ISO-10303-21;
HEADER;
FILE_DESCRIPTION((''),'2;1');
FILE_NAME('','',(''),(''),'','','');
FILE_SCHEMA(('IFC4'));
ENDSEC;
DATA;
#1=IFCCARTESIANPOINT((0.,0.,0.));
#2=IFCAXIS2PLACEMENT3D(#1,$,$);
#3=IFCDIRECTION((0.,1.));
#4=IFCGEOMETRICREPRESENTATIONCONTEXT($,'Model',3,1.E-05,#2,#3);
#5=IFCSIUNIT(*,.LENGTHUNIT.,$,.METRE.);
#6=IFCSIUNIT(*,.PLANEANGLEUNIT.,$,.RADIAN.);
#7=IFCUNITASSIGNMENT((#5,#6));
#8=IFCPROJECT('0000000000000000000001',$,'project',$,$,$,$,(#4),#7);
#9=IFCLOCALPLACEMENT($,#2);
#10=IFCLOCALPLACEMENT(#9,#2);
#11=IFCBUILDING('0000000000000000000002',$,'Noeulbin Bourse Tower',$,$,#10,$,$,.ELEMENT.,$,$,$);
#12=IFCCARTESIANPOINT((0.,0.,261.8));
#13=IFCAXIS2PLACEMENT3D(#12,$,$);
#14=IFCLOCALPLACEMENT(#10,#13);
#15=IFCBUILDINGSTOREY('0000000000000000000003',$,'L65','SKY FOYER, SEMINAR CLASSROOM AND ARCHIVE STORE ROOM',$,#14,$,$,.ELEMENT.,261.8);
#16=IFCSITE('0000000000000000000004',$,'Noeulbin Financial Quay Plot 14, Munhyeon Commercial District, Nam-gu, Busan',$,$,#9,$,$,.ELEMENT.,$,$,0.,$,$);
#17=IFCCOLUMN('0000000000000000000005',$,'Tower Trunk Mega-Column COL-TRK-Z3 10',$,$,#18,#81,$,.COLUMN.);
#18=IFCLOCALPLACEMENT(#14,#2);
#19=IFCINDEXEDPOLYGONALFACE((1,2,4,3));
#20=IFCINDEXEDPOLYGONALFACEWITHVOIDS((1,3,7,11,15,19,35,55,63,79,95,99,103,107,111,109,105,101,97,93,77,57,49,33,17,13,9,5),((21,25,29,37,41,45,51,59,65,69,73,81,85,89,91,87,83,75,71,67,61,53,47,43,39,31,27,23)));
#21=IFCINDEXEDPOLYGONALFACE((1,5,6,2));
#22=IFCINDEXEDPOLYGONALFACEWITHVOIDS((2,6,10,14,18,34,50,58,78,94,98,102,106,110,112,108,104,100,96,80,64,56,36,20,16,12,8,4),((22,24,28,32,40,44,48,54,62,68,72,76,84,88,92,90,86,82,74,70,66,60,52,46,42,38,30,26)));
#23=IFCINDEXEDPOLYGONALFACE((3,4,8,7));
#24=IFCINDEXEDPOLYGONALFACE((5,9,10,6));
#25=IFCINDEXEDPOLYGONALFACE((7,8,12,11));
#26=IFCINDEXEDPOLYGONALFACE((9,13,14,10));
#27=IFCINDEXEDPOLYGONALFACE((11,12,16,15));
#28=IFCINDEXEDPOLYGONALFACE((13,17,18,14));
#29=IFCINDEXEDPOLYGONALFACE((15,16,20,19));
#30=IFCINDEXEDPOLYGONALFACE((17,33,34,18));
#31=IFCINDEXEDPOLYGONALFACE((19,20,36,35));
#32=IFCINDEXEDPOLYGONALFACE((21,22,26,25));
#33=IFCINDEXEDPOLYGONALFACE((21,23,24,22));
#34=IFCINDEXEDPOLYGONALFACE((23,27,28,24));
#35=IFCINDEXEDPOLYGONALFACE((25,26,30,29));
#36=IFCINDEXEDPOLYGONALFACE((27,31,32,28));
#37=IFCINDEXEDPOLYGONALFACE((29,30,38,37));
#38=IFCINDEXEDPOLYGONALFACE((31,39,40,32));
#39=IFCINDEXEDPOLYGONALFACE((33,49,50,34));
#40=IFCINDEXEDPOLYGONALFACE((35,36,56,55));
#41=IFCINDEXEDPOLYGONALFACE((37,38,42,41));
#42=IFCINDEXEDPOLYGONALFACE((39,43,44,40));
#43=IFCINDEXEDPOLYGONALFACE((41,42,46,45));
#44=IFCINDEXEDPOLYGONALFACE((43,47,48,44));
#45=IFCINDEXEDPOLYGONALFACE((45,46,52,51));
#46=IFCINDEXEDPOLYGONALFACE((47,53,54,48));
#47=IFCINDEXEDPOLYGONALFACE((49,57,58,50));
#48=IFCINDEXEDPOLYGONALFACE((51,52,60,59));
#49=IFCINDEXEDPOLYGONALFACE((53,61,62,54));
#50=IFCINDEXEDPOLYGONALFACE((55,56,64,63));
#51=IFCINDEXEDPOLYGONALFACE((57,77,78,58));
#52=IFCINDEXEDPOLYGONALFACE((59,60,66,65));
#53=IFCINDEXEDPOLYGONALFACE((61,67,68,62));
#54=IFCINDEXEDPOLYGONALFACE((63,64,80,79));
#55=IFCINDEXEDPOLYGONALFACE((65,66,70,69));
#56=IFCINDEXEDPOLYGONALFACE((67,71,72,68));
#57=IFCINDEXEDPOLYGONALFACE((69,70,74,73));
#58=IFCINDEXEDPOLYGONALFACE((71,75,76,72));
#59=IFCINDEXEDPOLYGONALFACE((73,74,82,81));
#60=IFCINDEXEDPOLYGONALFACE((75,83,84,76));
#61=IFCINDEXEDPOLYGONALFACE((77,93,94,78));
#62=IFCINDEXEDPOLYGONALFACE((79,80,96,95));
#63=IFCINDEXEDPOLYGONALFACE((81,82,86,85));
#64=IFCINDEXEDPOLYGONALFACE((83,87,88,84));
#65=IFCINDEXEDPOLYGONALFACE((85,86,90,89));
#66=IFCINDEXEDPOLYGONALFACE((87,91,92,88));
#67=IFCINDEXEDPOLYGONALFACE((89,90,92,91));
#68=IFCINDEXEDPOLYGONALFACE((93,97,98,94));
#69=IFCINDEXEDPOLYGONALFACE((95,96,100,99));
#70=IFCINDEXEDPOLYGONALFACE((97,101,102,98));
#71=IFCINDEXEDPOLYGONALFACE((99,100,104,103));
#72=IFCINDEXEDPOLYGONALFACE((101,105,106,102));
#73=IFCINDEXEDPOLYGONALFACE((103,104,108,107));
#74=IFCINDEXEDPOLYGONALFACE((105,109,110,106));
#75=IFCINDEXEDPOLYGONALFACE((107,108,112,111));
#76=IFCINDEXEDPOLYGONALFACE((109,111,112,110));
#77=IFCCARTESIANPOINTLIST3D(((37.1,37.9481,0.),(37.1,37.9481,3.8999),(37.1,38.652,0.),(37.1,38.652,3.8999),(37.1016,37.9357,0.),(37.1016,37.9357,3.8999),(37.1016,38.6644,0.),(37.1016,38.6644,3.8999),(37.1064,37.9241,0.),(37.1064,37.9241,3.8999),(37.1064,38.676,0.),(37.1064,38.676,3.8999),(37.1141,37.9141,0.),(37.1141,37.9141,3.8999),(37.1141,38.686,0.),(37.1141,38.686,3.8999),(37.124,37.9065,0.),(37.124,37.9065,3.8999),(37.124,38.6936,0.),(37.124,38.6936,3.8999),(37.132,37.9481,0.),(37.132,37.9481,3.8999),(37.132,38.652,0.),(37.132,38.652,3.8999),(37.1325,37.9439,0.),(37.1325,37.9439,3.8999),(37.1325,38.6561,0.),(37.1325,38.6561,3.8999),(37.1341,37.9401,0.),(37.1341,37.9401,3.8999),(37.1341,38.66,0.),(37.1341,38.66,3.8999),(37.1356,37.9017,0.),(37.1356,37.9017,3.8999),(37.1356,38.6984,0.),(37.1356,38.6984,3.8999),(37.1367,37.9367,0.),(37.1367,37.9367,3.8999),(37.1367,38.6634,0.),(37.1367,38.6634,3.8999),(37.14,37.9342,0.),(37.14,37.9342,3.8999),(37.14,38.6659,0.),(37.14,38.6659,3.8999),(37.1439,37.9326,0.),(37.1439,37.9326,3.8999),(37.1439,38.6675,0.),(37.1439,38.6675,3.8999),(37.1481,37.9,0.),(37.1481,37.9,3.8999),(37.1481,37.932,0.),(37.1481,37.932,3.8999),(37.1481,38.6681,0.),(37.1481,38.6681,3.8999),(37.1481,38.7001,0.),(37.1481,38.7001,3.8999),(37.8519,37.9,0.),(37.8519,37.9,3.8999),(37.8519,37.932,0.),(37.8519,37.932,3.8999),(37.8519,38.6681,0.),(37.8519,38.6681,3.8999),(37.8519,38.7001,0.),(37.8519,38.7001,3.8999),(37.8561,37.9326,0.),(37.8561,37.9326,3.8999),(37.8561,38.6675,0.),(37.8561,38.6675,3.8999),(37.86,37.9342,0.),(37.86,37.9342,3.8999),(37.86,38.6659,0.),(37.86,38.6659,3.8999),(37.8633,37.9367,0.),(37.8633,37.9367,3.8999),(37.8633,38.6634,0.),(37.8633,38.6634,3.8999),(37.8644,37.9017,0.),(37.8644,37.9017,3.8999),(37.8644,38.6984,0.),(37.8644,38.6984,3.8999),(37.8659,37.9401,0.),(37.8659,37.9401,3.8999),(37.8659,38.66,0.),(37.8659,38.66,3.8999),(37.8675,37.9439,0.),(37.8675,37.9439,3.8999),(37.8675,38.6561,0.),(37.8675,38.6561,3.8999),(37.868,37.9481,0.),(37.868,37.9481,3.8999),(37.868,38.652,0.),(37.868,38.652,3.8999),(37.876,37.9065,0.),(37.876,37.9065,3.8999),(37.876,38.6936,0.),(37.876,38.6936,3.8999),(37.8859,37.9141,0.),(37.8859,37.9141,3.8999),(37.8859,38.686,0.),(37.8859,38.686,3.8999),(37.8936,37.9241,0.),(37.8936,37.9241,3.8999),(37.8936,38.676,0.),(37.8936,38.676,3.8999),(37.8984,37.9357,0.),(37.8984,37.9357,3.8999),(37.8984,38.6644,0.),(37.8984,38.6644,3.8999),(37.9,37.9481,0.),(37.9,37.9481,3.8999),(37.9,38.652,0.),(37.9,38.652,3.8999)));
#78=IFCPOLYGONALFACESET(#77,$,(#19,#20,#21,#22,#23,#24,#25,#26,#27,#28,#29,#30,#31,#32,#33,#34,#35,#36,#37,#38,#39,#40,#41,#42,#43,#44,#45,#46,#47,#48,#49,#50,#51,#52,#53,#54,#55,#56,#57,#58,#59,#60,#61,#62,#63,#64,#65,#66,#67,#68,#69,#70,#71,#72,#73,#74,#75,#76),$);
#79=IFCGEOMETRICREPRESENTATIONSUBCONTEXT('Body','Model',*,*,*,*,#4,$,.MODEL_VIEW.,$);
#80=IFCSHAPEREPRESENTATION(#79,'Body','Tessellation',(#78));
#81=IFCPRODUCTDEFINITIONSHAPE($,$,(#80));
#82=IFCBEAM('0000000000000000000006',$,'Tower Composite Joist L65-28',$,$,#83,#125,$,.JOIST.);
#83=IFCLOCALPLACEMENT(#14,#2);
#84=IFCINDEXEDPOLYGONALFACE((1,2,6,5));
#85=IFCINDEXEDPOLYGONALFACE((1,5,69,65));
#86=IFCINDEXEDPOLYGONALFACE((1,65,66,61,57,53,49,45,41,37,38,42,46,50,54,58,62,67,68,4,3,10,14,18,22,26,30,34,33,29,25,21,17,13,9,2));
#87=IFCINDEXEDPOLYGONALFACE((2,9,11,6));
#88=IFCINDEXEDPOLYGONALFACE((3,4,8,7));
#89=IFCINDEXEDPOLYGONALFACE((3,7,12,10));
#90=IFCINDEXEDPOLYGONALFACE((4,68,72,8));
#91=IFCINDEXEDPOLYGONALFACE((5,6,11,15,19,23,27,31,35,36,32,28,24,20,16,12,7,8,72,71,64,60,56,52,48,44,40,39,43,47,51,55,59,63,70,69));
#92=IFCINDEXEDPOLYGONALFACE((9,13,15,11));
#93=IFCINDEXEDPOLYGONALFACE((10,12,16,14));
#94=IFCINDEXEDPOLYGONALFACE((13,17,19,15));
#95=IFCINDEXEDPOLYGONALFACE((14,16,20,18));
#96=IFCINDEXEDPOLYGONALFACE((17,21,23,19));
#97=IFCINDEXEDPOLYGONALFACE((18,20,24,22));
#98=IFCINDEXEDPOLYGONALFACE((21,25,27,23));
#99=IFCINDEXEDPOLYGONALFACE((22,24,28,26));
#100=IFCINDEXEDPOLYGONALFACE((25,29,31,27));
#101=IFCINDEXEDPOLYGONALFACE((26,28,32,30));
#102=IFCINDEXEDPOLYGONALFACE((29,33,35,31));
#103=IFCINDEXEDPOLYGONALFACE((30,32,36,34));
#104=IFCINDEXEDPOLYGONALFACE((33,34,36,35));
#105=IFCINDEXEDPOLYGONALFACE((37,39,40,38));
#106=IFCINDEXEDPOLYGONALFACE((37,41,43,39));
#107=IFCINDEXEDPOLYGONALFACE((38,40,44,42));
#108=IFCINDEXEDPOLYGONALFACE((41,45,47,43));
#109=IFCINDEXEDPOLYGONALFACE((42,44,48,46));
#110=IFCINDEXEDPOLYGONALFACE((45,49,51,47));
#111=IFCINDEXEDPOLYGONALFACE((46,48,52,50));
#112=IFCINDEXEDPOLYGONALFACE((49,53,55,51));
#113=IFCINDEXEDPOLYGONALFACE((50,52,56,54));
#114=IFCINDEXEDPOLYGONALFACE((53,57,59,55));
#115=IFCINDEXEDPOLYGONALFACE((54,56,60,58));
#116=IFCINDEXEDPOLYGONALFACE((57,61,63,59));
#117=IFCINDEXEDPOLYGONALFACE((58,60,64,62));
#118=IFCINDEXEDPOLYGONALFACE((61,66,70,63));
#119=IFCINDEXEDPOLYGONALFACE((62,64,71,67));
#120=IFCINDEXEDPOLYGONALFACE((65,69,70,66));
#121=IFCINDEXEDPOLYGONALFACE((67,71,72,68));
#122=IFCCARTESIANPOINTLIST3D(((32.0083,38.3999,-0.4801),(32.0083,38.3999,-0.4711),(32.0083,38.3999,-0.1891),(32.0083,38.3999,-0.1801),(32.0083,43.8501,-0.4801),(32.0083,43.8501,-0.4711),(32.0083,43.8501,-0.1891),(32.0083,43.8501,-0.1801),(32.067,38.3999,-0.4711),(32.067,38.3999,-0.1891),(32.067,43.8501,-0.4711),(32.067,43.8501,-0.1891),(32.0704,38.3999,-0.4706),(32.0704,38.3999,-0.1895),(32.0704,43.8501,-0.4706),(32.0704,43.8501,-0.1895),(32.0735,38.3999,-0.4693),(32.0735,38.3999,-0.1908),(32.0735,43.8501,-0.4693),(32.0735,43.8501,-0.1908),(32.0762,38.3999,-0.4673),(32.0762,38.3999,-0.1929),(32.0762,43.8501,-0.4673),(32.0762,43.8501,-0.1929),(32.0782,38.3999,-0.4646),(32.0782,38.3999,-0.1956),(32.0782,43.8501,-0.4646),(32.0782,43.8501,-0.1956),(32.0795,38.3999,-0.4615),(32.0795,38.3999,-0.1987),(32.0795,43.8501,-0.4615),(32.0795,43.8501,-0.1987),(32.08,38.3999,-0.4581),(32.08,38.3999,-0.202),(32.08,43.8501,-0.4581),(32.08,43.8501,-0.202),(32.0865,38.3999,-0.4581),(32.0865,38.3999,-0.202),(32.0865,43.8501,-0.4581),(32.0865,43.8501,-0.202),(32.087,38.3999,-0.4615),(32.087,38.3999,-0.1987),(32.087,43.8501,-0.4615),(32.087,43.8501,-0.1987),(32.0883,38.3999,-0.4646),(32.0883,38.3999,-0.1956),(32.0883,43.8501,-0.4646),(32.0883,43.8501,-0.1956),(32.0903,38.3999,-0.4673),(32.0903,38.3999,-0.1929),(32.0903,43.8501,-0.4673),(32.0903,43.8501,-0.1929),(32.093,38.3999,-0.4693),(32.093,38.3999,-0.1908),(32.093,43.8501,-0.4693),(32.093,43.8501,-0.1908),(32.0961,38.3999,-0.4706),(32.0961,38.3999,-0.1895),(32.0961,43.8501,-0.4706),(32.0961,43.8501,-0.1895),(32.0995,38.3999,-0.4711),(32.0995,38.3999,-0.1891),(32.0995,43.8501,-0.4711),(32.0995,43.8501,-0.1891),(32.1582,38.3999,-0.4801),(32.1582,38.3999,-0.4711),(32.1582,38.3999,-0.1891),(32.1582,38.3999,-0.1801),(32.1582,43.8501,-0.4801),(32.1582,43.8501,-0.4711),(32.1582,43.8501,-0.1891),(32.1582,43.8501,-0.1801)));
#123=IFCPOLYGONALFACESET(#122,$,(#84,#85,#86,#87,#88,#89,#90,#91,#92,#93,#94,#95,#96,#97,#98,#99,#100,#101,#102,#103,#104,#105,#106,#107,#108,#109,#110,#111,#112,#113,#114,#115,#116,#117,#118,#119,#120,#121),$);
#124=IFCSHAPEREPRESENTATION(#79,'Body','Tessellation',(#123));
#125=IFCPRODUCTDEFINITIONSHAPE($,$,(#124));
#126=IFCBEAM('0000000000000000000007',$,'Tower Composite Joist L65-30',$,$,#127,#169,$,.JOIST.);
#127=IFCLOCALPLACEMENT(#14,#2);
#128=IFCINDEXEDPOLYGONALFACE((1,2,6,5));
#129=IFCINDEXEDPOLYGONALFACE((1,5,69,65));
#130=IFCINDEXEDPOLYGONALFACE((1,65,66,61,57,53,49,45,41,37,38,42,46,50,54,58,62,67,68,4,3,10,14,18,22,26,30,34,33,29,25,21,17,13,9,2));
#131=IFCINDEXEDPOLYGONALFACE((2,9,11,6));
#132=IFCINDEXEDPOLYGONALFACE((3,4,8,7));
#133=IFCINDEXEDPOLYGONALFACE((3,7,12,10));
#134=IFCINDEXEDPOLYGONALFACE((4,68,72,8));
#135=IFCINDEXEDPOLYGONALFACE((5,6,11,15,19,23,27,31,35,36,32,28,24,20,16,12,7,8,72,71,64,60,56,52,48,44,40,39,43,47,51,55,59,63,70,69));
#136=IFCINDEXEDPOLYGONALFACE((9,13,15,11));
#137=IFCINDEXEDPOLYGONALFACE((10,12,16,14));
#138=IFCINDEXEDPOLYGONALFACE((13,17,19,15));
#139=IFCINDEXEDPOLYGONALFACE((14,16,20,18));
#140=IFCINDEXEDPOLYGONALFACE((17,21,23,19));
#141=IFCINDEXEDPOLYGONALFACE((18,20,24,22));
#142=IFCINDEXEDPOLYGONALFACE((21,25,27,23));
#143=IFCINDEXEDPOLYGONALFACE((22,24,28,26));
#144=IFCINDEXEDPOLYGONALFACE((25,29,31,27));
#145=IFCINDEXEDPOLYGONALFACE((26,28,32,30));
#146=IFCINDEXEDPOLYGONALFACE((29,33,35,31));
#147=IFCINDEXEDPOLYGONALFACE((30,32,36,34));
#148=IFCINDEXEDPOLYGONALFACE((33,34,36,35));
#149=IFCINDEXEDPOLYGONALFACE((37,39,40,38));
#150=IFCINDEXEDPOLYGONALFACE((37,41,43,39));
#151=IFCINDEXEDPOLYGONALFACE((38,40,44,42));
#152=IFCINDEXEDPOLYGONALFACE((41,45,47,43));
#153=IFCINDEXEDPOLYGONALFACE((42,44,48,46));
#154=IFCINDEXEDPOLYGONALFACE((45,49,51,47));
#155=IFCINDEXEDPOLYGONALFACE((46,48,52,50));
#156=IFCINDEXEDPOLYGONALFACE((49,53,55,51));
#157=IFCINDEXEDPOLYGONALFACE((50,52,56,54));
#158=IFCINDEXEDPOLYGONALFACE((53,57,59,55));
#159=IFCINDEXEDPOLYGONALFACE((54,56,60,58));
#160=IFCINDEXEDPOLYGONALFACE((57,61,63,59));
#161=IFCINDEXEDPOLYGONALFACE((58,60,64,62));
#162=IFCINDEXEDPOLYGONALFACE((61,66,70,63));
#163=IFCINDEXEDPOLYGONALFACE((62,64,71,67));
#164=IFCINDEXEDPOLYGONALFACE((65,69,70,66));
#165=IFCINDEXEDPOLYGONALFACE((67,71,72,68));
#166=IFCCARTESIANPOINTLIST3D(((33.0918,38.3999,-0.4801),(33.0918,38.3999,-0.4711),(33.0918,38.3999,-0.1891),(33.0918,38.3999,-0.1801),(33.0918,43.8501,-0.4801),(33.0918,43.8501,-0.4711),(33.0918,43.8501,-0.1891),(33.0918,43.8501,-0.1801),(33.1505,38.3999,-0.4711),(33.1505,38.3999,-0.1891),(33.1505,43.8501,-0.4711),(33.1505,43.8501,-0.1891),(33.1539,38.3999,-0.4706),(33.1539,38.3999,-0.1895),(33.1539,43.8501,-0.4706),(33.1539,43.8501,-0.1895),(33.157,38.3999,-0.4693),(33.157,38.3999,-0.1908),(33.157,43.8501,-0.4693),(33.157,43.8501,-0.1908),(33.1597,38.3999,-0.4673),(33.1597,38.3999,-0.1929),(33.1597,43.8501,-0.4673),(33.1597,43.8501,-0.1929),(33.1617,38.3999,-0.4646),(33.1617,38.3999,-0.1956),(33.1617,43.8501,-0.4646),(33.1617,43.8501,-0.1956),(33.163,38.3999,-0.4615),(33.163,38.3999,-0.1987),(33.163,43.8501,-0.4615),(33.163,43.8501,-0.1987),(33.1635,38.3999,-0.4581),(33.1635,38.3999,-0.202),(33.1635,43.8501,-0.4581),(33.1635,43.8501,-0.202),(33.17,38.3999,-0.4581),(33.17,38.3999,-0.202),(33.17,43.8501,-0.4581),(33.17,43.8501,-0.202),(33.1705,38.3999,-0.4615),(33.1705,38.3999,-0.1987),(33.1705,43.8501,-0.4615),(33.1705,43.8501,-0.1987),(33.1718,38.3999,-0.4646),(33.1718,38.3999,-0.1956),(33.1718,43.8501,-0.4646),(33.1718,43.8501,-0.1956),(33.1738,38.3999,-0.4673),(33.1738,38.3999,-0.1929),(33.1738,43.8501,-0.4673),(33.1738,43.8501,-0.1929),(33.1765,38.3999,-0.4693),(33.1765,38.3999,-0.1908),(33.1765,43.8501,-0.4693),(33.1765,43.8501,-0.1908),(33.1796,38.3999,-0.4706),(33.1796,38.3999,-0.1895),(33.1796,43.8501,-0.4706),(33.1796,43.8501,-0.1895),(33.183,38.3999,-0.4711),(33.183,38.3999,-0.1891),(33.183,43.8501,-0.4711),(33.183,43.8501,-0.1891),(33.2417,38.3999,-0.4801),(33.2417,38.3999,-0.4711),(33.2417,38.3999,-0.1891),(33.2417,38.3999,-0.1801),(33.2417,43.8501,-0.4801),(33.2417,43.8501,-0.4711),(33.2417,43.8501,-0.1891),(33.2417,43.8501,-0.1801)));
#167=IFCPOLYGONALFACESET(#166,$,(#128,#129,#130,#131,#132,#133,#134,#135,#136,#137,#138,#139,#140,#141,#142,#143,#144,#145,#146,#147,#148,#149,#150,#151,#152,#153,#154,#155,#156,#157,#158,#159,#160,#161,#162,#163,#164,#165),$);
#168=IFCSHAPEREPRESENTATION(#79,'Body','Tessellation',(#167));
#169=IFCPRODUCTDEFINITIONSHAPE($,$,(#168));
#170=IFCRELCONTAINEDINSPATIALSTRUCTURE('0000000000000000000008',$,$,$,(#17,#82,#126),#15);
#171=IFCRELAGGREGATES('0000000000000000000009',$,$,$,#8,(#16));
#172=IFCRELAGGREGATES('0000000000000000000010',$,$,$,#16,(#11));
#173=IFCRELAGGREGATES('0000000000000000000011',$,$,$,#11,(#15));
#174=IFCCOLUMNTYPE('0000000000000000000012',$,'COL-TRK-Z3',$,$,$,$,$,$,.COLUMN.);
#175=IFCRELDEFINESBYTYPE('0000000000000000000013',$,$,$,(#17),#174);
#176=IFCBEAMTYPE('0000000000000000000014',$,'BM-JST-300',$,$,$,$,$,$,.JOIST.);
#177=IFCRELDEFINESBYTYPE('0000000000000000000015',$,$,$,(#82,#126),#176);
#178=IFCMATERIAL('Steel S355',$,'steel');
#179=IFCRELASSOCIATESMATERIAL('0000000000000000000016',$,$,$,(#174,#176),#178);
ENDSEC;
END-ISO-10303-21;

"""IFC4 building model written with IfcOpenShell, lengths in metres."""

from ifc_helpers import new_model, si_unit, direction, frame, origin, origin_2d, place, context, subcontext, project, spatial, hollow_rectangle, i_section, extrude, material, material_profile, profile_set, type_object, element, save


model = new_model("IFC4")

# Units and contexts
model_context = context("Model", 3, precision=1e-05, world=origin(), true_north=direction((0.0, 1.0)))
body_context = subcontext(model_context, "Body", "Model", "MODEL_VIEW")
ifc_project = project(units=[si_unit("LENGTHUNIT", "METRE"), si_unit("PLANEANGLEUNIT", "RADIAN")], contexts=[model_context])

# Site, building, storey
site_placement = place(None, origin())
site = spatial("IfcSite", under=ifc_project, at=site_placement, Name="Noeulbin Financial Quay Plot 14, Munhyeon Commercial District, Nam-gu, Busan", CompositionType="ELEMENT", RefElevation=0.0)
building_placement = place(site_placement, origin())
building = spatial("IfcBuilding", under=site, at=building_placement, Name="Noeulbin Bourse Tower", CompositionType="ELEMENT")
storey_placement = place(building_placement, frame((0.0, 0.0, 261.8)))
storey = spatial("IfcBuildingStorey", under=building, at=storey_placement, Name="L65", Description="SKY FOYER, SEMINAR CLASSROOM AND ARCHIVE STORE ROOM", CompositionType="ELEMENT", Elevation=261.8)

# Column
ifc_material_1 = material(Name="Steel S355", Category="steel")
ifc_material_profile_1 = material_profile(ifc_material_1, hollow_rectangle(XDim=0.8, YDim=0.8, WallThickness=0.032, InnerFilletRadius=0.0161, OuterFilletRadius=0.0481, at=origin_2d()), Name="BOX-800x800x32", Category="LoadBearing")
ifc_profile_set_1 = profile_set([ifc_material_profile_1], Name="Steel S355")
column_type = type_object("IfcColumnType", Name="COL-TRK-Z3", PredefinedType="COLUMN", material=ifc_profile_set_1)
column_placement = place(storey_placement, frame((37.5, 38.3, 0.0), z_axis=(0.0, 0.0, 1.0), x_axis=(1.0, 0.0, 0.0)))
element("IfcColumn", 1, at=column_placement, inside=storey, type_object=column_type, Name="Tower Trunk Mega-Column COL-TRK-Z3 10", PredefinedType="COLUMN", context=body_context, shape_type="SweptSolid", body=[
    extrude(hollow_rectangle(XDim=0.8, YDim=0.8, WallThickness=0.032, InnerFilletRadius=0.0161, OuterFilletRadius=0.0481, at=origin_2d()), origin(), (0.0, 0.0, 1.0), 3.8999),
])

# Beams
ifc_material_profile_2 = material_profile(ifc_material_1, i_section(OverallWidth=0.1499, OverallDepth=0.3, WebThickness=0.0066, FlangeThickness=0.009, FilletRadius=0.0129, at=origin_2d()), Name="H-300x150x6.5x9", Category="LoadBearing")
ifc_profile_set_2 = profile_set([ifc_material_profile_2], Name="Steel S355")
beam_type = type_object("IfcBeamType", Name="BM-JST-300", PredefinedType="JOIST", material=ifc_profile_set_2)
for number, where, z_axis, x_axis, name in (
    (2, (32.0833, 38.3999, -0.3301), (0.0, 1.0, 0.0), (-1.0, 0.0, 0.0), "Tower Composite Joist L65-28"),
    (3, (33.1667, 38.3999, -0.3301), (0.0, 1.0, 0.0), (-1.0, 0.0, 0.0), "Tower Composite Joist L65-30"),
):
    element("IfcBeam", number, at=place(storey_placement, frame(where, z_axis=z_axis, x_axis=x_axis)), inside=storey, type_object=beam_type, Name=name, PredefinedType="JOIST", context=body_context, shape_type="SweptSolid", body=[
        extrude(i_section(OverallWidth=0.1499, OverallDepth=0.3, WebThickness=0.0066, FlangeThickness=0.009, FilletRadius=0.0129, at=origin_2d()), origin(), (0.0, 0.0, 1.0), 5.4502),
    ])

save(model, "model.ifc")
